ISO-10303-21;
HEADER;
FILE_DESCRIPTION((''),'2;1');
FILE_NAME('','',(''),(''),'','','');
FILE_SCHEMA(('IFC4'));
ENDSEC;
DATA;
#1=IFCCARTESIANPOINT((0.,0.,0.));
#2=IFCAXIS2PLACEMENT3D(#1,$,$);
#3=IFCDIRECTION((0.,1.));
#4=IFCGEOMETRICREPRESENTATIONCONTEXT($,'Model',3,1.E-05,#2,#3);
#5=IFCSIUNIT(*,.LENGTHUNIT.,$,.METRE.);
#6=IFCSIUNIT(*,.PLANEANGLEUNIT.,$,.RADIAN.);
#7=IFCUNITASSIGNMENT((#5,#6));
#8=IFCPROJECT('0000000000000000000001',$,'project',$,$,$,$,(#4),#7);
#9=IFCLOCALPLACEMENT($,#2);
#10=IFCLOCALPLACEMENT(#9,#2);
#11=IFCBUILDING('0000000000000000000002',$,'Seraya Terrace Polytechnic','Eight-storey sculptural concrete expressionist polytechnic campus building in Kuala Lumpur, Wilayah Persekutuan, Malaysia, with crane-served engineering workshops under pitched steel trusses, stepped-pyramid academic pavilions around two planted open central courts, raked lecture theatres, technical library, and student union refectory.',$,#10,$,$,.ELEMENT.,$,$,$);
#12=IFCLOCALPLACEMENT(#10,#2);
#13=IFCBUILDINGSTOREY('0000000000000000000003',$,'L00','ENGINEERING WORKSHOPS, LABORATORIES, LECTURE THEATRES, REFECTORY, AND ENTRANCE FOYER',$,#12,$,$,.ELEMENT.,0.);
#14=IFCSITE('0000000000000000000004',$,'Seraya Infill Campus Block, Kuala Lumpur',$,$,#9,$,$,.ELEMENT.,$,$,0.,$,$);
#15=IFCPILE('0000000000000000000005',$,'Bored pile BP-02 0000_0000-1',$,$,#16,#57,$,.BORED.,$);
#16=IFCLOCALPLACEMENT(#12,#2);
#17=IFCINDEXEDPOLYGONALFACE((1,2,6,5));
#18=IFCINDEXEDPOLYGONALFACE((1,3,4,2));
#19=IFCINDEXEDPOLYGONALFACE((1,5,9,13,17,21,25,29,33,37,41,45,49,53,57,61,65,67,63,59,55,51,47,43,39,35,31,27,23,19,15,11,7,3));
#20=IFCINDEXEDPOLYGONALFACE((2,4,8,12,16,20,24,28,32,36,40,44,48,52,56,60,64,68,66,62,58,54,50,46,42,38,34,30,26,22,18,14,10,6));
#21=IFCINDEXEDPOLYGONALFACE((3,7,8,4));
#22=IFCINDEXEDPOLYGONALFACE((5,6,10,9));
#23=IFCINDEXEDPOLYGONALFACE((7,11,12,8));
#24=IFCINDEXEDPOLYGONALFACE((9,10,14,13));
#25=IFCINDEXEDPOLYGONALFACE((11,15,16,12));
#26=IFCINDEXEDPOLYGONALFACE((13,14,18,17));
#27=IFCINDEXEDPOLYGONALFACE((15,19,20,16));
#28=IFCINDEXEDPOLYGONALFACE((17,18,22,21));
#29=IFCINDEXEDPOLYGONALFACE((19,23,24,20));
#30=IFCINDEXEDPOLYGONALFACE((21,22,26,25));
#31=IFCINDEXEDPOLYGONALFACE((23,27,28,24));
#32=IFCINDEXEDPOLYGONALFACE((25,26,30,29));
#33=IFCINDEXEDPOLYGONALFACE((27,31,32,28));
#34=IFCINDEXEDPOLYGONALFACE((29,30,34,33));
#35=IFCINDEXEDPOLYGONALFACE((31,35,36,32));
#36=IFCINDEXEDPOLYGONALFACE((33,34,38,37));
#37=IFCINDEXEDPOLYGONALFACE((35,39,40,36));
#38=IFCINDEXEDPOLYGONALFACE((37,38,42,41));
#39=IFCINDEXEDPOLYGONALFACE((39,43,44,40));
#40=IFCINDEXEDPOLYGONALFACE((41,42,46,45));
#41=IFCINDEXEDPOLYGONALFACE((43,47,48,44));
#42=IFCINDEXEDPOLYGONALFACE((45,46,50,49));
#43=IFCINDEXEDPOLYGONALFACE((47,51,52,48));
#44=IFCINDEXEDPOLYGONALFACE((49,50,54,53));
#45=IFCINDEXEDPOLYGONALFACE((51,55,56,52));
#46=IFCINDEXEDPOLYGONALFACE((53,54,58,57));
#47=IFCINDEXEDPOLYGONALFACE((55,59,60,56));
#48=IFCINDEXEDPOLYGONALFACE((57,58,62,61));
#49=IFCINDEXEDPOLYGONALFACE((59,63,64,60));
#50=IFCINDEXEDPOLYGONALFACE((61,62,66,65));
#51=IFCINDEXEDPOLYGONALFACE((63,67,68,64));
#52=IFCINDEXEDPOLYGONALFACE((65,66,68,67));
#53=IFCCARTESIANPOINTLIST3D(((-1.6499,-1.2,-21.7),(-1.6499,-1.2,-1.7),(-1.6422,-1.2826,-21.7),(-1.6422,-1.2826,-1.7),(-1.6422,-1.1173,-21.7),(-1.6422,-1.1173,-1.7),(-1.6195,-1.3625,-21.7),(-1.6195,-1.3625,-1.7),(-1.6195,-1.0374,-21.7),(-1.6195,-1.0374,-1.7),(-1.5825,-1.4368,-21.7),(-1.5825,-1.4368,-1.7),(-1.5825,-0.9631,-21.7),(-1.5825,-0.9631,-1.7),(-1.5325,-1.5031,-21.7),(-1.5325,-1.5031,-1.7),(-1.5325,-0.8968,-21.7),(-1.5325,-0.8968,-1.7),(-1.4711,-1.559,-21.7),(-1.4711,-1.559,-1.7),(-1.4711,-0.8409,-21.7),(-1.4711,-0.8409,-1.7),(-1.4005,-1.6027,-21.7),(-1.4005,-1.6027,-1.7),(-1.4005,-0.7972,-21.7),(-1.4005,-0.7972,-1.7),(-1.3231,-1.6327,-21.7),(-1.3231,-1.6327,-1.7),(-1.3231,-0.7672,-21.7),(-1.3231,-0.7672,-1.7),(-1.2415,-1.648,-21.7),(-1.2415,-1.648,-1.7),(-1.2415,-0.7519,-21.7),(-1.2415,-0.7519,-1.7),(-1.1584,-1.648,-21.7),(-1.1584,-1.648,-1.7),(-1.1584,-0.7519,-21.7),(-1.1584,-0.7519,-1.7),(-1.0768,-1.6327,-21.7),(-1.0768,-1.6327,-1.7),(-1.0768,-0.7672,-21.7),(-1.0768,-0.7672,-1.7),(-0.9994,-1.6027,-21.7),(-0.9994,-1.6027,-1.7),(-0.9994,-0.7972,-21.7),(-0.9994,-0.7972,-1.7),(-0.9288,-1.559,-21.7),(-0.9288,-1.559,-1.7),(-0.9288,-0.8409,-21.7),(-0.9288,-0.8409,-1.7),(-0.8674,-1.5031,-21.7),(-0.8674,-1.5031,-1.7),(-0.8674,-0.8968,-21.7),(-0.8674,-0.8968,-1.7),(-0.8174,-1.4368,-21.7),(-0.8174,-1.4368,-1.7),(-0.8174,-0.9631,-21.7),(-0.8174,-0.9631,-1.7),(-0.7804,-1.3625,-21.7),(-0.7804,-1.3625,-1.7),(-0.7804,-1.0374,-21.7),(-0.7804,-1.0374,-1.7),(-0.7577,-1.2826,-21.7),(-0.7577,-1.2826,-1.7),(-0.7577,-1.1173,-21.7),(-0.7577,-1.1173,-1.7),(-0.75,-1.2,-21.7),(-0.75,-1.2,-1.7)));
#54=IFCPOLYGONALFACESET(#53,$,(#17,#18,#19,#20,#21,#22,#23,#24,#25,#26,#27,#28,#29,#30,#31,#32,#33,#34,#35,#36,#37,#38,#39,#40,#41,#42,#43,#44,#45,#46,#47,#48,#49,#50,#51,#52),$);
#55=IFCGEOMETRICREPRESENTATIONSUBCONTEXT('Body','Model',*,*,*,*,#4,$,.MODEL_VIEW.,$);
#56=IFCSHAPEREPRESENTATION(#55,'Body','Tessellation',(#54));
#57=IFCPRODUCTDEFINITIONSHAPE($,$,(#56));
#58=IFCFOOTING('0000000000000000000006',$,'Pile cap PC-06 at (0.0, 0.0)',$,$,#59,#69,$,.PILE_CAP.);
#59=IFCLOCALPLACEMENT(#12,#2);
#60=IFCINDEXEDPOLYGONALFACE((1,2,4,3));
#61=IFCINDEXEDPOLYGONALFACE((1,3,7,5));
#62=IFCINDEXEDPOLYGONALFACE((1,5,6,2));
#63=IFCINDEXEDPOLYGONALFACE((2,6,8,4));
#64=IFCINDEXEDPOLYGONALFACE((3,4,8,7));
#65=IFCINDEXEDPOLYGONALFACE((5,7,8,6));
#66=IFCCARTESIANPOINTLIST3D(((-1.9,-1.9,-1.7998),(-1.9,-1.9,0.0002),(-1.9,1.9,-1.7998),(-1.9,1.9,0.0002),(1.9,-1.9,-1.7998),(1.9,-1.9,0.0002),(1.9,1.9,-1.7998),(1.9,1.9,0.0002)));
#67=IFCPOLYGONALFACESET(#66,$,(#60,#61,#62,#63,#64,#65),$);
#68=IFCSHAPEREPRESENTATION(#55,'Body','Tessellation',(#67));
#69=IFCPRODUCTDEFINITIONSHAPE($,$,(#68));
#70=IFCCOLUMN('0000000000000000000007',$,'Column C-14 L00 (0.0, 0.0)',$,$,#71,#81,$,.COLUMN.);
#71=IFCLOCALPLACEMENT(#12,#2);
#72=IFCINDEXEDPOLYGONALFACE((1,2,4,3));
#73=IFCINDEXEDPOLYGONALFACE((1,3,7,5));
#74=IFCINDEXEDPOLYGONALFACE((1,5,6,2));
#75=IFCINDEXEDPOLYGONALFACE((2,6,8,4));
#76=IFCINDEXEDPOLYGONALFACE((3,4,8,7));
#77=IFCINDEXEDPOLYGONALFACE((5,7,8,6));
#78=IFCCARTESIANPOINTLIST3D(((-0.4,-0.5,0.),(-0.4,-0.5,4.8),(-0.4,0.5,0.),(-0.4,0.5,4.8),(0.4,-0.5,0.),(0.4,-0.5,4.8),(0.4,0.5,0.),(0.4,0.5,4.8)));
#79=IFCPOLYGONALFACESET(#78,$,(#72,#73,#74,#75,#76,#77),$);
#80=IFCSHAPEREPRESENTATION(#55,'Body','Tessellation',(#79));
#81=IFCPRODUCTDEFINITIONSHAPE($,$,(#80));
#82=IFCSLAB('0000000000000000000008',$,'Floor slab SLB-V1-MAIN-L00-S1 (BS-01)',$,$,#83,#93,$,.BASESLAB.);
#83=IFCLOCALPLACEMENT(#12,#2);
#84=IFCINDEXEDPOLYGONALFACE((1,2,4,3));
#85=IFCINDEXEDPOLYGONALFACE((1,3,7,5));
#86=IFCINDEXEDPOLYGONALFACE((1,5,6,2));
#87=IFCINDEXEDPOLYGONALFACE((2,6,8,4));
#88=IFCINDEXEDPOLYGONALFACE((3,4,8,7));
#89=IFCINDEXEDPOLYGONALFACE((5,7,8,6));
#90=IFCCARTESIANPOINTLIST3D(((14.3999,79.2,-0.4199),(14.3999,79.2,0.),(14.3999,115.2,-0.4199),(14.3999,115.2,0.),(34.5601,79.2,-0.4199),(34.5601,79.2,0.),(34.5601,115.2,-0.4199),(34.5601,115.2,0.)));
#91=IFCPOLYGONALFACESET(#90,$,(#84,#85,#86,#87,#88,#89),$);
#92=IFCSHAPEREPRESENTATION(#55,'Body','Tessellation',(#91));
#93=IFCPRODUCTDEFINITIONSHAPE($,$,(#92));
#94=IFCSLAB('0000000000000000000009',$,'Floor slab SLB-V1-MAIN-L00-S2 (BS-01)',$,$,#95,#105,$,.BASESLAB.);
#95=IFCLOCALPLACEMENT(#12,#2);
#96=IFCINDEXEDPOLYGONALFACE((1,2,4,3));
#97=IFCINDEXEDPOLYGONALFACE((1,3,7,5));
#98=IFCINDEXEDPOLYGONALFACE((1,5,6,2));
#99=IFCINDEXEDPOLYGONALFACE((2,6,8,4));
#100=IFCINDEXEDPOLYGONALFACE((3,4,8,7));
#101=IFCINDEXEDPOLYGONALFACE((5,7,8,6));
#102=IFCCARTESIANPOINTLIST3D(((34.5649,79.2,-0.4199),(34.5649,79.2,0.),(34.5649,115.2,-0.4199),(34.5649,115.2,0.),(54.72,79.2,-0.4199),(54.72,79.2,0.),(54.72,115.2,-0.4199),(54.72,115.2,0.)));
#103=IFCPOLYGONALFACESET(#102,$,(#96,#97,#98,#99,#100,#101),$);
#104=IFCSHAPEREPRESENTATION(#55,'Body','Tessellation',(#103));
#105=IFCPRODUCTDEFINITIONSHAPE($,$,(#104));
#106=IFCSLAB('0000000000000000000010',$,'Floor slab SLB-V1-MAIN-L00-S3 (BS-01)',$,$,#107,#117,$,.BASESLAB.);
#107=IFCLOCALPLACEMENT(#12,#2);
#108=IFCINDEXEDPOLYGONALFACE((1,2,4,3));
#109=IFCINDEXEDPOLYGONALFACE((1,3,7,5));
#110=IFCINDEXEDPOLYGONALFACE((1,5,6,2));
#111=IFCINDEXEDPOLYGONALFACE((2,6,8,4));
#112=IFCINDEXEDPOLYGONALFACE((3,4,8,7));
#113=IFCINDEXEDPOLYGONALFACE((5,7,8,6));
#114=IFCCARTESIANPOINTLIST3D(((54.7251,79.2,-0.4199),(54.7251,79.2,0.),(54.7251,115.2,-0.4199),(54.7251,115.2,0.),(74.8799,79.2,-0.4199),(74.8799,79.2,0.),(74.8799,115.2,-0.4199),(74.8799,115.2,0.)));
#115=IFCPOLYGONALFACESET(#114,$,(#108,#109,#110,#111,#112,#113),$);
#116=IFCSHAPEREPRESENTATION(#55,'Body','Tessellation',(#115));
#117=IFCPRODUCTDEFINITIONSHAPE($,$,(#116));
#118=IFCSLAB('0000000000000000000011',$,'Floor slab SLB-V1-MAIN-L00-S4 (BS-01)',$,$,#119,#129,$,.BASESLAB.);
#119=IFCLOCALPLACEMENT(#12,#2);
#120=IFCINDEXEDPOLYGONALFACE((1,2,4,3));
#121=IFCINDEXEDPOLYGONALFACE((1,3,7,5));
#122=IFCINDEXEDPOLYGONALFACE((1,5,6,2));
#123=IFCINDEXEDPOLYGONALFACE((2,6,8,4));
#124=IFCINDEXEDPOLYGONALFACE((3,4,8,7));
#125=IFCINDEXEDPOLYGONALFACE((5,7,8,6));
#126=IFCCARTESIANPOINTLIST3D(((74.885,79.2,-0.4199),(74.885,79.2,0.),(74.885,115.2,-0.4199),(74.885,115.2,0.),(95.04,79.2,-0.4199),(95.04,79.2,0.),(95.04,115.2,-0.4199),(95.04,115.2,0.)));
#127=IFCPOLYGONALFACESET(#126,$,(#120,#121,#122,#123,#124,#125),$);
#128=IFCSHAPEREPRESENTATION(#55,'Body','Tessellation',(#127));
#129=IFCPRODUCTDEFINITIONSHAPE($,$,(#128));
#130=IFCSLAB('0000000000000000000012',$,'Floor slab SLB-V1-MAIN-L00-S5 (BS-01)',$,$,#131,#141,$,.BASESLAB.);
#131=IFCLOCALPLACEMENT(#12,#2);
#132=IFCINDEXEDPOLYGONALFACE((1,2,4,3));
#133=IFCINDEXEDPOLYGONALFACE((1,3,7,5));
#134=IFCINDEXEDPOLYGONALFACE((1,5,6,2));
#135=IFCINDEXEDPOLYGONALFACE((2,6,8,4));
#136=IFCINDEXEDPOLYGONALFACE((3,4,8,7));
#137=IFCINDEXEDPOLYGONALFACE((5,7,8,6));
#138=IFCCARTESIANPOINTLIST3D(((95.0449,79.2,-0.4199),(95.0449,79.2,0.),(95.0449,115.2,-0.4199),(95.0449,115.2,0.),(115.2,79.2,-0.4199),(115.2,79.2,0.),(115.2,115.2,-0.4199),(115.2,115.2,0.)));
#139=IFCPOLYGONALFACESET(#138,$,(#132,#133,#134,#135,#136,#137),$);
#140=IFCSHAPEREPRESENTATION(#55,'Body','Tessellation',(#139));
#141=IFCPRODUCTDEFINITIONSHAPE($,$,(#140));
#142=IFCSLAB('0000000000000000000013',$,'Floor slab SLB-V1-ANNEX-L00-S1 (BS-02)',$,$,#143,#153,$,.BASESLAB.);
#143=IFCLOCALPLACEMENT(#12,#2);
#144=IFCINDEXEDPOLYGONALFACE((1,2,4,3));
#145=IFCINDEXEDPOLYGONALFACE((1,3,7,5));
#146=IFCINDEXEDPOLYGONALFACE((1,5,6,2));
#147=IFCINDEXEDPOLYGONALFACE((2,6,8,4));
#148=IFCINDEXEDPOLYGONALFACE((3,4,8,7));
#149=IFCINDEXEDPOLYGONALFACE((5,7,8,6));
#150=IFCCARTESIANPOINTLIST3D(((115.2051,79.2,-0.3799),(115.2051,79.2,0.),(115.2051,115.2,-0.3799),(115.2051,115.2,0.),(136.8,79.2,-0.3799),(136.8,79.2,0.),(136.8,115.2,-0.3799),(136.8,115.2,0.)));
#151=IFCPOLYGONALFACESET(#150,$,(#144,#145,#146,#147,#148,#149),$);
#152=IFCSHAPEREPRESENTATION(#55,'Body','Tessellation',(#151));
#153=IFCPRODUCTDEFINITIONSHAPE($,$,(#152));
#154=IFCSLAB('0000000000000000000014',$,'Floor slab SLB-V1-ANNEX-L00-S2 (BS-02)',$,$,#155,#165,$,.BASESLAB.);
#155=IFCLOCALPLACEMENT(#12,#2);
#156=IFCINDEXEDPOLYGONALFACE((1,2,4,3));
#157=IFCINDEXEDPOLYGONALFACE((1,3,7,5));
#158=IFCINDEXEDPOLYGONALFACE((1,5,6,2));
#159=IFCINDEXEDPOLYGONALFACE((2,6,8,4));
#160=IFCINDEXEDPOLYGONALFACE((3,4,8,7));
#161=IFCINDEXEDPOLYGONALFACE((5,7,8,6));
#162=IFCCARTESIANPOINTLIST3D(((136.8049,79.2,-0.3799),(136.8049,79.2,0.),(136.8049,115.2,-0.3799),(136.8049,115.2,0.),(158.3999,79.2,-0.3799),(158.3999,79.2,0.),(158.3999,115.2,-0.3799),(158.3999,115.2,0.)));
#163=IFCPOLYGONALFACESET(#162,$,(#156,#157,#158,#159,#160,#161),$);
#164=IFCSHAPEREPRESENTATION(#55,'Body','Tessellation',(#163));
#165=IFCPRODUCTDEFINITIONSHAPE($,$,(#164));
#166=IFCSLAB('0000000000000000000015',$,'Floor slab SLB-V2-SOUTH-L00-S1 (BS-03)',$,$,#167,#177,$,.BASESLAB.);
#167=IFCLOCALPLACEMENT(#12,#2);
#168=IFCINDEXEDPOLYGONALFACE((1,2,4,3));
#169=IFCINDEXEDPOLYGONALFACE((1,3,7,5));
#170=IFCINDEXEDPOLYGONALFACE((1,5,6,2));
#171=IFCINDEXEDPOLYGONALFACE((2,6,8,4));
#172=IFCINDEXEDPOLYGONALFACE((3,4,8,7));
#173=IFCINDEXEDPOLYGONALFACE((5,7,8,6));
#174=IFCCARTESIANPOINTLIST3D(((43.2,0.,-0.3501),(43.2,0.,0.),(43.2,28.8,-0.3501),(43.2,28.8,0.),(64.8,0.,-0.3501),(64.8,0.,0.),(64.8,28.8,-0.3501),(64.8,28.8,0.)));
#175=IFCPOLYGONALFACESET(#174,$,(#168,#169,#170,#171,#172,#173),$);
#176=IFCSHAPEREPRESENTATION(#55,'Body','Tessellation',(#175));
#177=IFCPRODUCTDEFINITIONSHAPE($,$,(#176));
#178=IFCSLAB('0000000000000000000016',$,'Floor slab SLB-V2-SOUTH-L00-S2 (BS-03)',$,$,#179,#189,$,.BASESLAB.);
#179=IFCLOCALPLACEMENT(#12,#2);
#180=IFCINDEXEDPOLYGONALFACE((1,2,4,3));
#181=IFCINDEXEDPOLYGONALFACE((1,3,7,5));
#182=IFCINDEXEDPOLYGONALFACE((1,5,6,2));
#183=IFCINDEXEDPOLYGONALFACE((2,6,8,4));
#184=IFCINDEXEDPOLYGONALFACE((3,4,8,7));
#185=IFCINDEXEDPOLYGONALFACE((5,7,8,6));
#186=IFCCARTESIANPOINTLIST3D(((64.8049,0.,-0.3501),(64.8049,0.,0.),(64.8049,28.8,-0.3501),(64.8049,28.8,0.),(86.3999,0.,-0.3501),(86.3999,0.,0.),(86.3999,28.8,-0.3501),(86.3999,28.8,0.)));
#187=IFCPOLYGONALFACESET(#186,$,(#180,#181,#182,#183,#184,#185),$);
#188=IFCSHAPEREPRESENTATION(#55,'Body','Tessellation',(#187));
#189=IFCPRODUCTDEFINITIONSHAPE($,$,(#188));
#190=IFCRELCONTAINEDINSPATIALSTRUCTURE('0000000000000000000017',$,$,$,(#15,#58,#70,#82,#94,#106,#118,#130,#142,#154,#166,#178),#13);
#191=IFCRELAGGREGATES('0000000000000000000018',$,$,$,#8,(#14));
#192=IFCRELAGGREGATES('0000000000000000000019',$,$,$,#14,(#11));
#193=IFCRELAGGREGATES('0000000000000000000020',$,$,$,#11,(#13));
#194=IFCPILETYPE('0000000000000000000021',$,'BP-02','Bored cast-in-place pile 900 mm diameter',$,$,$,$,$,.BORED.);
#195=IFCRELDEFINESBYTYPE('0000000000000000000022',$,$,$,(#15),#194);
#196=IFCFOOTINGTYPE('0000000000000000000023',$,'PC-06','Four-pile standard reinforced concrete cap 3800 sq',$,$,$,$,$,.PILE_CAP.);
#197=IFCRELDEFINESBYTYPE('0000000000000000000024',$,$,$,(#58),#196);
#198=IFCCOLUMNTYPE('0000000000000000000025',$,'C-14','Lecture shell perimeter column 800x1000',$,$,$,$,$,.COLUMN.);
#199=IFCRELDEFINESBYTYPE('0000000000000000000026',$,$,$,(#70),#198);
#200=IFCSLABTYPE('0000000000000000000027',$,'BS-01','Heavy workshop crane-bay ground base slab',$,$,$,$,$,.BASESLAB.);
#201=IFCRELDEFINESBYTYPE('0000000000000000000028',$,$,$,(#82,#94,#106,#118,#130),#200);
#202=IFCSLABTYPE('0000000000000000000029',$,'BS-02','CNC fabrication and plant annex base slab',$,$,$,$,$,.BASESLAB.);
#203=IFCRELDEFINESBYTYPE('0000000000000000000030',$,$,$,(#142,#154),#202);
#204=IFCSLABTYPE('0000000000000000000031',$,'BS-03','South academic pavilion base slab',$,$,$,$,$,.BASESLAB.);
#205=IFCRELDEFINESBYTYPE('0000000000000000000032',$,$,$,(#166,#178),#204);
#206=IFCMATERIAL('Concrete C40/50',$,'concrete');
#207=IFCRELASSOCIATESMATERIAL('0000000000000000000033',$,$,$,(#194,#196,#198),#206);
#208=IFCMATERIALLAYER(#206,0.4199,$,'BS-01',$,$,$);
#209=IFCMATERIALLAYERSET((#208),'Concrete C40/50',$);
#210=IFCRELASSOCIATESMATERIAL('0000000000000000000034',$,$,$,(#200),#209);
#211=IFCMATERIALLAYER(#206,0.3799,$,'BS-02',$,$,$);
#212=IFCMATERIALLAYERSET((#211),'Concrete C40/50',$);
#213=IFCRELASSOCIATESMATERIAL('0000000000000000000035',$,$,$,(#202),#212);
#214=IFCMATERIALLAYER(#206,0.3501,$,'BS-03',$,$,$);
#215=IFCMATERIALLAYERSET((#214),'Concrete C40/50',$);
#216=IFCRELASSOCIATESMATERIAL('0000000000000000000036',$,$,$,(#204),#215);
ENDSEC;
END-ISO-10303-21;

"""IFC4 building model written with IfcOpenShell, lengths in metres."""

from ifc_helpers import new_model, si_unit, direction, frame, origin, origin_with_axes, origin_2d, place, context, subcontext, project, spatial, polyline, rectangle, circle, outline, extrude, material, layer, layer_set, material_profile, profile_set, type_object, element, save


model = new_model("IFC4")

# Units and contexts
model_context = context("Model", 3, precision=1e-05, world=origin(), true_north=direction((0.0, 1.0)))
body_context = subcontext(model_context, "Body", "Model", "MODEL_VIEW")
ifc_project = project(units=[si_unit("LENGTHUNIT", "METRE"), si_unit("PLANEANGLEUNIT", "RADIAN")], contexts=[model_context])

# Site, building, storey
site_placement = place(None, origin())
site = spatial("IfcSite", under=ifc_project, at=site_placement, Name="Seraya Infill Campus Block, Kuala Lumpur", CompositionType="ELEMENT", RefElevation=0.0)
building_placement = place(site_placement, origin())
building = spatial("IfcBuilding", under=site, at=building_placement, Name="Seraya Terrace Polytechnic", Description="Eight-storey sculptural concrete expressionist polytechnic campus building in Kuala Lumpur, Wilayah Persekutuan, Malaysia, with crane-served engineering workshops under pitched steel trusses, stepped-pyramid academic pavilions around two planted open central courts, raked lecture theatres, technical library, and student union refectory.", CompositionType="ELEMENT")
storey_placement = place(building_placement, origin())
storey = spatial("IfcBuildingStorey", under=building, at=storey_placement, Name="L00", Description="ENGINEERING WORKSHOPS, LABORATORIES, LECTURE THEATRES, REFECTORY, AND ENTRANCE FOYER", CompositionType="ELEMENT", Elevation=0.0)

# Pile
ifc_material = material(Name="Concrete C40/50", Category="concrete")
ifc_material_profile_1 = material_profile(ifc_material, circle(Radius=0.45, at=origin_2d()), Name="DIA 900")
ifc_profile_set_1 = profile_set([ifc_material_profile_1], Name="Concrete C40/50")
pile_type = type_object("IfcPileType", Name="BP-02", Description="Bored cast-in-place pile 900 mm diameter", PredefinedType="BORED", material=ifc_profile_set_1)
pile_placement = place(storey_placement, frame((-1.2, -1.2, -1.7), z_axis=(0.0, 0.0, -1.0), x_axis=(1.0, 0.0, 0.0)))
element("IfcPile", 1, at=pile_placement, inside=storey, type_object=pile_type, Name="Bored pile BP-02 0000_0000-1", PredefinedType="BORED", context=body_context, shape_type="SweptSolid", body=[
    extrude(circle(Radius=0.45, at=origin_2d()), origin(), (0.0, 0.0, 1.0), 20.0),
])

# Footing
footing_type = type_object("IfcFootingType", Name="PC-06", Description="Four-pile standard reinforced concrete cap 3800 sq", PredefinedType="PILE_CAP", material=ifc_material)
footing_placement = place(storey_placement, frame((0.0, 0.0, -1.7998), z_axis=(0.0, 0.0, 1.0), x_axis=(1.0, 0.0, 0.0)))
element("IfcFooting", 2, at=footing_placement, inside=storey, type_object=footing_type, Name="Pile cap PC-06 at (0.0, 0.0)", PredefinedType="PILE_CAP", context=body_context, shape_type="SweptSolid", body=[
    extrude(rectangle(XDim=3.8, YDim=3.8, at=origin_2d()), origin(), (0.0, 0.0, 1.0), 1.8),
])

# Column
ifc_material_profile_2 = material_profile(ifc_material, rectangle(XDim=0.8, YDim=1.0, at=origin_2d()), Name="RC 800x1000")
ifc_profile_set_2 = profile_set([ifc_material_profile_2], Name="Concrete C40/50")
column_type = type_object("IfcColumnType", Name="C-14", Description="Lecture shell perimeter column 800x1000", PredefinedType="COLUMN", material=ifc_profile_set_2)
column_placement = place(storey_placement, origin_with_axes())
element("IfcColumn", 3, at=column_placement, inside=storey, type_object=column_type, Name="Column C-14 L00 (0.0, 0.0)", PredefinedType="COLUMN", context=body_context, shape_type="SweptSolid", body=[
    extrude(rectangle(XDim=0.8, YDim=1.0, at=origin_2d()), origin(), (0.0, 0.0, 1.0), 4.8),
])

# Slabs
ifc_layer_1 = layer(ifc_material, 0.4199, Name="BS-01")
ifc_layer_set_1 = layer_set([ifc_layer_1], Name="Concrete C40/50")
slab_type_1 = type_object("IfcSlabType", Name="BS-01", Description="Heavy workshop crane-bay ground base slab", PredefinedType="BASESLAB", material=ifc_layer_set_1)
slab_1_placement = place(storey_placement, frame((0.0, 0.0, -0.4199)))
element("IfcSlab", 4, at=slab_1_placement, inside=storey, type_object=slab_type_1, Name="Floor slab SLB-V1-MAIN-L00-S1 (BS-01)", PredefinedType="BASESLAB", context=body_context, shape_type="SweptSolid", body=[
    extrude(outline(polyline([(34.5601, 79.2), (34.5601, 115.2), (14.3999, 115.2), (14.3999, 79.2), (34.5601, 79.2)])), origin(), (0.0, 0.0, 1.0), 0.4199),
])
slab_2_placement = place(storey_placement, frame((0.0, 0.0, -0.4199)))
element("IfcSlab", 5, at=slab_2_placement, inside=storey, type_object=slab_type_1, Name="Floor slab SLB-V1-MAIN-L00-S2 (BS-01)", PredefinedType="BASESLAB", context=body_context, shape_type="SweptSolid", body=[
    extrude(outline(polyline([(54.72, 115.2), (54.72, 79.2), (34.5649, 79.2), (34.5649, 115.2), (54.72, 115.2)])), origin(), (0.0, 0.0, 1.0), 0.4199),
])
slab_3_placement = place(storey_placement, frame((0.0, 0.0, -0.4199)))
element("IfcSlab", 6, at=slab_3_placement, inside=storey, type_object=slab_type_1, Name="Floor slab SLB-V1-MAIN-L00-S3 (BS-01)", PredefinedType="BASESLAB", context=body_context, shape_type="SweptSolid", body=[
    extrude(outline(polyline([(74.8799, 115.2), (74.8799, 79.2), (54.7251, 79.2), (54.7251, 115.2), (74.8799, 115.2)])), origin(), (0.0, 0.0, 1.0), 0.4199),
])
slab_4_placement = place(storey_placement, frame((0.0, 0.0, -0.4199)))
element("IfcSlab", 7, at=slab_4_placement, inside=storey, type_object=slab_type_1, Name="Floor slab SLB-V1-MAIN-L00-S4 (BS-01)", PredefinedType="BASESLAB", context=body_context, shape_type="SweptSolid", body=[
    extrude(outline(polyline([(95.04, 115.2), (95.04, 79.2), (74.885, 79.2), (74.885, 115.2), (95.04, 115.2)])), origin(), (0.0, 0.0, 1.0), 0.4199),
])
slab_5_placement = place(storey_placement, frame((0.0, 0.0, -0.4199)))
element("IfcSlab", 8, at=slab_5_placement, inside=storey, type_object=slab_type_1, Name="Floor slab SLB-V1-MAIN-L00-S5 (BS-01)", PredefinedType="BASESLAB", context=body_context, shape_type="SweptSolid", body=[
    extrude(outline(polyline([(115.2, 115.2), (115.2, 79.2), (95.0449, 79.2), (95.0449, 115.2), (115.2, 115.2)])), origin(), (0.0, 0.0, 1.0), 0.4199),
])
ifc_layer_2 = layer(ifc_material, 0.3799, Name="BS-02")
ifc_layer_set_2 = layer_set([ifc_layer_2], Name="Concrete C40/50")
slab_type_2 = type_object("IfcSlabType", Name="BS-02", Description="CNC fabrication and plant annex base slab", PredefinedType="BASESLAB", material=ifc_layer_set_2)
slab_6_placement = place(storey_placement, frame((0.0, 0.0, -0.3799)))
element("IfcSlab", 9, at=slab_6_placement, inside=storey, type_object=slab_type_2, Name="Floor slab SLB-V1-ANNEX-L00-S1 (BS-02)", PredefinedType="BASESLAB", context=body_context, shape_type="SweptSolid", body=[
    extrude(outline(polyline([(136.8, 115.2), (136.8, 79.2), (115.2051, 79.2), (115.2051, 115.2), (136.8, 115.2)])), origin(), (0.0, 0.0, 1.0), 0.3799),
])
slab_7_placement = place(storey_placement, frame((0.0, 0.0, -0.3799)))
element("IfcSlab", 10, at=slab_7_placement, inside=storey, type_object=slab_type_2, Name="Floor slab SLB-V1-ANNEX-L00-S2 (BS-02)", PredefinedType="BASESLAB", context=body_context, shape_type="SweptSolid", body=[
    extrude(outline(polyline([(158.3999, 115.2), (158.3999, 79.2), (136.8049, 79.2), (136.8049, 115.2), (158.3999, 115.2)])), origin(), (0.0, 0.0, 1.0), 0.3799),
])
ifc_layer_3 = layer(ifc_material, 0.3501, Name="BS-03")
ifc_layer_set_3 = layer_set([ifc_layer_3], Name="Concrete C40/50")
slab_type_3 = type_object("IfcSlabType", Name="BS-03", Description="South academic pavilion base slab", PredefinedType="BASESLAB", material=ifc_layer_set_3)
slab_8_placement = place(storey_placement, frame((0.0, 0.0, -0.3501)))
element("IfcSlab", 11, at=slab_8_placement, inside=storey, type_object=slab_type_3, Name="Floor slab SLB-V2-SOUTH-L00-S1 (BS-03)", PredefinedType="BASESLAB", context=body_context, shape_type="SweptSolid", body=[
    extrude(outline(polyline([(43.2, 0.0), (43.2, 28.8), (64.8, 28.8), (64.8, 0.0), (43.2, 0.0)])), origin(), (0.0, 0.0, 1.0), 0.3501),
])
slab_9_placement = place(storey_placement, frame((0.0, 0.0, -0.3501)))
element("IfcSlab", 12, at=slab_9_placement, inside=storey, type_object=slab_type_3, Name="Floor slab SLB-V2-SOUTH-L00-S2 (BS-03)", PredefinedType="BASESLAB", context=body_context, shape_type="SweptSolid", body=[
    extrude(outline(polyline([(86.3999, 28.8), (86.3999, 0.0), (64.8049, 0.0), (64.8049, 28.8), (86.3999, 28.8)])), origin(), (0.0, 0.0, 1.0), 0.3501),
])

save(model, "model.ifc")
